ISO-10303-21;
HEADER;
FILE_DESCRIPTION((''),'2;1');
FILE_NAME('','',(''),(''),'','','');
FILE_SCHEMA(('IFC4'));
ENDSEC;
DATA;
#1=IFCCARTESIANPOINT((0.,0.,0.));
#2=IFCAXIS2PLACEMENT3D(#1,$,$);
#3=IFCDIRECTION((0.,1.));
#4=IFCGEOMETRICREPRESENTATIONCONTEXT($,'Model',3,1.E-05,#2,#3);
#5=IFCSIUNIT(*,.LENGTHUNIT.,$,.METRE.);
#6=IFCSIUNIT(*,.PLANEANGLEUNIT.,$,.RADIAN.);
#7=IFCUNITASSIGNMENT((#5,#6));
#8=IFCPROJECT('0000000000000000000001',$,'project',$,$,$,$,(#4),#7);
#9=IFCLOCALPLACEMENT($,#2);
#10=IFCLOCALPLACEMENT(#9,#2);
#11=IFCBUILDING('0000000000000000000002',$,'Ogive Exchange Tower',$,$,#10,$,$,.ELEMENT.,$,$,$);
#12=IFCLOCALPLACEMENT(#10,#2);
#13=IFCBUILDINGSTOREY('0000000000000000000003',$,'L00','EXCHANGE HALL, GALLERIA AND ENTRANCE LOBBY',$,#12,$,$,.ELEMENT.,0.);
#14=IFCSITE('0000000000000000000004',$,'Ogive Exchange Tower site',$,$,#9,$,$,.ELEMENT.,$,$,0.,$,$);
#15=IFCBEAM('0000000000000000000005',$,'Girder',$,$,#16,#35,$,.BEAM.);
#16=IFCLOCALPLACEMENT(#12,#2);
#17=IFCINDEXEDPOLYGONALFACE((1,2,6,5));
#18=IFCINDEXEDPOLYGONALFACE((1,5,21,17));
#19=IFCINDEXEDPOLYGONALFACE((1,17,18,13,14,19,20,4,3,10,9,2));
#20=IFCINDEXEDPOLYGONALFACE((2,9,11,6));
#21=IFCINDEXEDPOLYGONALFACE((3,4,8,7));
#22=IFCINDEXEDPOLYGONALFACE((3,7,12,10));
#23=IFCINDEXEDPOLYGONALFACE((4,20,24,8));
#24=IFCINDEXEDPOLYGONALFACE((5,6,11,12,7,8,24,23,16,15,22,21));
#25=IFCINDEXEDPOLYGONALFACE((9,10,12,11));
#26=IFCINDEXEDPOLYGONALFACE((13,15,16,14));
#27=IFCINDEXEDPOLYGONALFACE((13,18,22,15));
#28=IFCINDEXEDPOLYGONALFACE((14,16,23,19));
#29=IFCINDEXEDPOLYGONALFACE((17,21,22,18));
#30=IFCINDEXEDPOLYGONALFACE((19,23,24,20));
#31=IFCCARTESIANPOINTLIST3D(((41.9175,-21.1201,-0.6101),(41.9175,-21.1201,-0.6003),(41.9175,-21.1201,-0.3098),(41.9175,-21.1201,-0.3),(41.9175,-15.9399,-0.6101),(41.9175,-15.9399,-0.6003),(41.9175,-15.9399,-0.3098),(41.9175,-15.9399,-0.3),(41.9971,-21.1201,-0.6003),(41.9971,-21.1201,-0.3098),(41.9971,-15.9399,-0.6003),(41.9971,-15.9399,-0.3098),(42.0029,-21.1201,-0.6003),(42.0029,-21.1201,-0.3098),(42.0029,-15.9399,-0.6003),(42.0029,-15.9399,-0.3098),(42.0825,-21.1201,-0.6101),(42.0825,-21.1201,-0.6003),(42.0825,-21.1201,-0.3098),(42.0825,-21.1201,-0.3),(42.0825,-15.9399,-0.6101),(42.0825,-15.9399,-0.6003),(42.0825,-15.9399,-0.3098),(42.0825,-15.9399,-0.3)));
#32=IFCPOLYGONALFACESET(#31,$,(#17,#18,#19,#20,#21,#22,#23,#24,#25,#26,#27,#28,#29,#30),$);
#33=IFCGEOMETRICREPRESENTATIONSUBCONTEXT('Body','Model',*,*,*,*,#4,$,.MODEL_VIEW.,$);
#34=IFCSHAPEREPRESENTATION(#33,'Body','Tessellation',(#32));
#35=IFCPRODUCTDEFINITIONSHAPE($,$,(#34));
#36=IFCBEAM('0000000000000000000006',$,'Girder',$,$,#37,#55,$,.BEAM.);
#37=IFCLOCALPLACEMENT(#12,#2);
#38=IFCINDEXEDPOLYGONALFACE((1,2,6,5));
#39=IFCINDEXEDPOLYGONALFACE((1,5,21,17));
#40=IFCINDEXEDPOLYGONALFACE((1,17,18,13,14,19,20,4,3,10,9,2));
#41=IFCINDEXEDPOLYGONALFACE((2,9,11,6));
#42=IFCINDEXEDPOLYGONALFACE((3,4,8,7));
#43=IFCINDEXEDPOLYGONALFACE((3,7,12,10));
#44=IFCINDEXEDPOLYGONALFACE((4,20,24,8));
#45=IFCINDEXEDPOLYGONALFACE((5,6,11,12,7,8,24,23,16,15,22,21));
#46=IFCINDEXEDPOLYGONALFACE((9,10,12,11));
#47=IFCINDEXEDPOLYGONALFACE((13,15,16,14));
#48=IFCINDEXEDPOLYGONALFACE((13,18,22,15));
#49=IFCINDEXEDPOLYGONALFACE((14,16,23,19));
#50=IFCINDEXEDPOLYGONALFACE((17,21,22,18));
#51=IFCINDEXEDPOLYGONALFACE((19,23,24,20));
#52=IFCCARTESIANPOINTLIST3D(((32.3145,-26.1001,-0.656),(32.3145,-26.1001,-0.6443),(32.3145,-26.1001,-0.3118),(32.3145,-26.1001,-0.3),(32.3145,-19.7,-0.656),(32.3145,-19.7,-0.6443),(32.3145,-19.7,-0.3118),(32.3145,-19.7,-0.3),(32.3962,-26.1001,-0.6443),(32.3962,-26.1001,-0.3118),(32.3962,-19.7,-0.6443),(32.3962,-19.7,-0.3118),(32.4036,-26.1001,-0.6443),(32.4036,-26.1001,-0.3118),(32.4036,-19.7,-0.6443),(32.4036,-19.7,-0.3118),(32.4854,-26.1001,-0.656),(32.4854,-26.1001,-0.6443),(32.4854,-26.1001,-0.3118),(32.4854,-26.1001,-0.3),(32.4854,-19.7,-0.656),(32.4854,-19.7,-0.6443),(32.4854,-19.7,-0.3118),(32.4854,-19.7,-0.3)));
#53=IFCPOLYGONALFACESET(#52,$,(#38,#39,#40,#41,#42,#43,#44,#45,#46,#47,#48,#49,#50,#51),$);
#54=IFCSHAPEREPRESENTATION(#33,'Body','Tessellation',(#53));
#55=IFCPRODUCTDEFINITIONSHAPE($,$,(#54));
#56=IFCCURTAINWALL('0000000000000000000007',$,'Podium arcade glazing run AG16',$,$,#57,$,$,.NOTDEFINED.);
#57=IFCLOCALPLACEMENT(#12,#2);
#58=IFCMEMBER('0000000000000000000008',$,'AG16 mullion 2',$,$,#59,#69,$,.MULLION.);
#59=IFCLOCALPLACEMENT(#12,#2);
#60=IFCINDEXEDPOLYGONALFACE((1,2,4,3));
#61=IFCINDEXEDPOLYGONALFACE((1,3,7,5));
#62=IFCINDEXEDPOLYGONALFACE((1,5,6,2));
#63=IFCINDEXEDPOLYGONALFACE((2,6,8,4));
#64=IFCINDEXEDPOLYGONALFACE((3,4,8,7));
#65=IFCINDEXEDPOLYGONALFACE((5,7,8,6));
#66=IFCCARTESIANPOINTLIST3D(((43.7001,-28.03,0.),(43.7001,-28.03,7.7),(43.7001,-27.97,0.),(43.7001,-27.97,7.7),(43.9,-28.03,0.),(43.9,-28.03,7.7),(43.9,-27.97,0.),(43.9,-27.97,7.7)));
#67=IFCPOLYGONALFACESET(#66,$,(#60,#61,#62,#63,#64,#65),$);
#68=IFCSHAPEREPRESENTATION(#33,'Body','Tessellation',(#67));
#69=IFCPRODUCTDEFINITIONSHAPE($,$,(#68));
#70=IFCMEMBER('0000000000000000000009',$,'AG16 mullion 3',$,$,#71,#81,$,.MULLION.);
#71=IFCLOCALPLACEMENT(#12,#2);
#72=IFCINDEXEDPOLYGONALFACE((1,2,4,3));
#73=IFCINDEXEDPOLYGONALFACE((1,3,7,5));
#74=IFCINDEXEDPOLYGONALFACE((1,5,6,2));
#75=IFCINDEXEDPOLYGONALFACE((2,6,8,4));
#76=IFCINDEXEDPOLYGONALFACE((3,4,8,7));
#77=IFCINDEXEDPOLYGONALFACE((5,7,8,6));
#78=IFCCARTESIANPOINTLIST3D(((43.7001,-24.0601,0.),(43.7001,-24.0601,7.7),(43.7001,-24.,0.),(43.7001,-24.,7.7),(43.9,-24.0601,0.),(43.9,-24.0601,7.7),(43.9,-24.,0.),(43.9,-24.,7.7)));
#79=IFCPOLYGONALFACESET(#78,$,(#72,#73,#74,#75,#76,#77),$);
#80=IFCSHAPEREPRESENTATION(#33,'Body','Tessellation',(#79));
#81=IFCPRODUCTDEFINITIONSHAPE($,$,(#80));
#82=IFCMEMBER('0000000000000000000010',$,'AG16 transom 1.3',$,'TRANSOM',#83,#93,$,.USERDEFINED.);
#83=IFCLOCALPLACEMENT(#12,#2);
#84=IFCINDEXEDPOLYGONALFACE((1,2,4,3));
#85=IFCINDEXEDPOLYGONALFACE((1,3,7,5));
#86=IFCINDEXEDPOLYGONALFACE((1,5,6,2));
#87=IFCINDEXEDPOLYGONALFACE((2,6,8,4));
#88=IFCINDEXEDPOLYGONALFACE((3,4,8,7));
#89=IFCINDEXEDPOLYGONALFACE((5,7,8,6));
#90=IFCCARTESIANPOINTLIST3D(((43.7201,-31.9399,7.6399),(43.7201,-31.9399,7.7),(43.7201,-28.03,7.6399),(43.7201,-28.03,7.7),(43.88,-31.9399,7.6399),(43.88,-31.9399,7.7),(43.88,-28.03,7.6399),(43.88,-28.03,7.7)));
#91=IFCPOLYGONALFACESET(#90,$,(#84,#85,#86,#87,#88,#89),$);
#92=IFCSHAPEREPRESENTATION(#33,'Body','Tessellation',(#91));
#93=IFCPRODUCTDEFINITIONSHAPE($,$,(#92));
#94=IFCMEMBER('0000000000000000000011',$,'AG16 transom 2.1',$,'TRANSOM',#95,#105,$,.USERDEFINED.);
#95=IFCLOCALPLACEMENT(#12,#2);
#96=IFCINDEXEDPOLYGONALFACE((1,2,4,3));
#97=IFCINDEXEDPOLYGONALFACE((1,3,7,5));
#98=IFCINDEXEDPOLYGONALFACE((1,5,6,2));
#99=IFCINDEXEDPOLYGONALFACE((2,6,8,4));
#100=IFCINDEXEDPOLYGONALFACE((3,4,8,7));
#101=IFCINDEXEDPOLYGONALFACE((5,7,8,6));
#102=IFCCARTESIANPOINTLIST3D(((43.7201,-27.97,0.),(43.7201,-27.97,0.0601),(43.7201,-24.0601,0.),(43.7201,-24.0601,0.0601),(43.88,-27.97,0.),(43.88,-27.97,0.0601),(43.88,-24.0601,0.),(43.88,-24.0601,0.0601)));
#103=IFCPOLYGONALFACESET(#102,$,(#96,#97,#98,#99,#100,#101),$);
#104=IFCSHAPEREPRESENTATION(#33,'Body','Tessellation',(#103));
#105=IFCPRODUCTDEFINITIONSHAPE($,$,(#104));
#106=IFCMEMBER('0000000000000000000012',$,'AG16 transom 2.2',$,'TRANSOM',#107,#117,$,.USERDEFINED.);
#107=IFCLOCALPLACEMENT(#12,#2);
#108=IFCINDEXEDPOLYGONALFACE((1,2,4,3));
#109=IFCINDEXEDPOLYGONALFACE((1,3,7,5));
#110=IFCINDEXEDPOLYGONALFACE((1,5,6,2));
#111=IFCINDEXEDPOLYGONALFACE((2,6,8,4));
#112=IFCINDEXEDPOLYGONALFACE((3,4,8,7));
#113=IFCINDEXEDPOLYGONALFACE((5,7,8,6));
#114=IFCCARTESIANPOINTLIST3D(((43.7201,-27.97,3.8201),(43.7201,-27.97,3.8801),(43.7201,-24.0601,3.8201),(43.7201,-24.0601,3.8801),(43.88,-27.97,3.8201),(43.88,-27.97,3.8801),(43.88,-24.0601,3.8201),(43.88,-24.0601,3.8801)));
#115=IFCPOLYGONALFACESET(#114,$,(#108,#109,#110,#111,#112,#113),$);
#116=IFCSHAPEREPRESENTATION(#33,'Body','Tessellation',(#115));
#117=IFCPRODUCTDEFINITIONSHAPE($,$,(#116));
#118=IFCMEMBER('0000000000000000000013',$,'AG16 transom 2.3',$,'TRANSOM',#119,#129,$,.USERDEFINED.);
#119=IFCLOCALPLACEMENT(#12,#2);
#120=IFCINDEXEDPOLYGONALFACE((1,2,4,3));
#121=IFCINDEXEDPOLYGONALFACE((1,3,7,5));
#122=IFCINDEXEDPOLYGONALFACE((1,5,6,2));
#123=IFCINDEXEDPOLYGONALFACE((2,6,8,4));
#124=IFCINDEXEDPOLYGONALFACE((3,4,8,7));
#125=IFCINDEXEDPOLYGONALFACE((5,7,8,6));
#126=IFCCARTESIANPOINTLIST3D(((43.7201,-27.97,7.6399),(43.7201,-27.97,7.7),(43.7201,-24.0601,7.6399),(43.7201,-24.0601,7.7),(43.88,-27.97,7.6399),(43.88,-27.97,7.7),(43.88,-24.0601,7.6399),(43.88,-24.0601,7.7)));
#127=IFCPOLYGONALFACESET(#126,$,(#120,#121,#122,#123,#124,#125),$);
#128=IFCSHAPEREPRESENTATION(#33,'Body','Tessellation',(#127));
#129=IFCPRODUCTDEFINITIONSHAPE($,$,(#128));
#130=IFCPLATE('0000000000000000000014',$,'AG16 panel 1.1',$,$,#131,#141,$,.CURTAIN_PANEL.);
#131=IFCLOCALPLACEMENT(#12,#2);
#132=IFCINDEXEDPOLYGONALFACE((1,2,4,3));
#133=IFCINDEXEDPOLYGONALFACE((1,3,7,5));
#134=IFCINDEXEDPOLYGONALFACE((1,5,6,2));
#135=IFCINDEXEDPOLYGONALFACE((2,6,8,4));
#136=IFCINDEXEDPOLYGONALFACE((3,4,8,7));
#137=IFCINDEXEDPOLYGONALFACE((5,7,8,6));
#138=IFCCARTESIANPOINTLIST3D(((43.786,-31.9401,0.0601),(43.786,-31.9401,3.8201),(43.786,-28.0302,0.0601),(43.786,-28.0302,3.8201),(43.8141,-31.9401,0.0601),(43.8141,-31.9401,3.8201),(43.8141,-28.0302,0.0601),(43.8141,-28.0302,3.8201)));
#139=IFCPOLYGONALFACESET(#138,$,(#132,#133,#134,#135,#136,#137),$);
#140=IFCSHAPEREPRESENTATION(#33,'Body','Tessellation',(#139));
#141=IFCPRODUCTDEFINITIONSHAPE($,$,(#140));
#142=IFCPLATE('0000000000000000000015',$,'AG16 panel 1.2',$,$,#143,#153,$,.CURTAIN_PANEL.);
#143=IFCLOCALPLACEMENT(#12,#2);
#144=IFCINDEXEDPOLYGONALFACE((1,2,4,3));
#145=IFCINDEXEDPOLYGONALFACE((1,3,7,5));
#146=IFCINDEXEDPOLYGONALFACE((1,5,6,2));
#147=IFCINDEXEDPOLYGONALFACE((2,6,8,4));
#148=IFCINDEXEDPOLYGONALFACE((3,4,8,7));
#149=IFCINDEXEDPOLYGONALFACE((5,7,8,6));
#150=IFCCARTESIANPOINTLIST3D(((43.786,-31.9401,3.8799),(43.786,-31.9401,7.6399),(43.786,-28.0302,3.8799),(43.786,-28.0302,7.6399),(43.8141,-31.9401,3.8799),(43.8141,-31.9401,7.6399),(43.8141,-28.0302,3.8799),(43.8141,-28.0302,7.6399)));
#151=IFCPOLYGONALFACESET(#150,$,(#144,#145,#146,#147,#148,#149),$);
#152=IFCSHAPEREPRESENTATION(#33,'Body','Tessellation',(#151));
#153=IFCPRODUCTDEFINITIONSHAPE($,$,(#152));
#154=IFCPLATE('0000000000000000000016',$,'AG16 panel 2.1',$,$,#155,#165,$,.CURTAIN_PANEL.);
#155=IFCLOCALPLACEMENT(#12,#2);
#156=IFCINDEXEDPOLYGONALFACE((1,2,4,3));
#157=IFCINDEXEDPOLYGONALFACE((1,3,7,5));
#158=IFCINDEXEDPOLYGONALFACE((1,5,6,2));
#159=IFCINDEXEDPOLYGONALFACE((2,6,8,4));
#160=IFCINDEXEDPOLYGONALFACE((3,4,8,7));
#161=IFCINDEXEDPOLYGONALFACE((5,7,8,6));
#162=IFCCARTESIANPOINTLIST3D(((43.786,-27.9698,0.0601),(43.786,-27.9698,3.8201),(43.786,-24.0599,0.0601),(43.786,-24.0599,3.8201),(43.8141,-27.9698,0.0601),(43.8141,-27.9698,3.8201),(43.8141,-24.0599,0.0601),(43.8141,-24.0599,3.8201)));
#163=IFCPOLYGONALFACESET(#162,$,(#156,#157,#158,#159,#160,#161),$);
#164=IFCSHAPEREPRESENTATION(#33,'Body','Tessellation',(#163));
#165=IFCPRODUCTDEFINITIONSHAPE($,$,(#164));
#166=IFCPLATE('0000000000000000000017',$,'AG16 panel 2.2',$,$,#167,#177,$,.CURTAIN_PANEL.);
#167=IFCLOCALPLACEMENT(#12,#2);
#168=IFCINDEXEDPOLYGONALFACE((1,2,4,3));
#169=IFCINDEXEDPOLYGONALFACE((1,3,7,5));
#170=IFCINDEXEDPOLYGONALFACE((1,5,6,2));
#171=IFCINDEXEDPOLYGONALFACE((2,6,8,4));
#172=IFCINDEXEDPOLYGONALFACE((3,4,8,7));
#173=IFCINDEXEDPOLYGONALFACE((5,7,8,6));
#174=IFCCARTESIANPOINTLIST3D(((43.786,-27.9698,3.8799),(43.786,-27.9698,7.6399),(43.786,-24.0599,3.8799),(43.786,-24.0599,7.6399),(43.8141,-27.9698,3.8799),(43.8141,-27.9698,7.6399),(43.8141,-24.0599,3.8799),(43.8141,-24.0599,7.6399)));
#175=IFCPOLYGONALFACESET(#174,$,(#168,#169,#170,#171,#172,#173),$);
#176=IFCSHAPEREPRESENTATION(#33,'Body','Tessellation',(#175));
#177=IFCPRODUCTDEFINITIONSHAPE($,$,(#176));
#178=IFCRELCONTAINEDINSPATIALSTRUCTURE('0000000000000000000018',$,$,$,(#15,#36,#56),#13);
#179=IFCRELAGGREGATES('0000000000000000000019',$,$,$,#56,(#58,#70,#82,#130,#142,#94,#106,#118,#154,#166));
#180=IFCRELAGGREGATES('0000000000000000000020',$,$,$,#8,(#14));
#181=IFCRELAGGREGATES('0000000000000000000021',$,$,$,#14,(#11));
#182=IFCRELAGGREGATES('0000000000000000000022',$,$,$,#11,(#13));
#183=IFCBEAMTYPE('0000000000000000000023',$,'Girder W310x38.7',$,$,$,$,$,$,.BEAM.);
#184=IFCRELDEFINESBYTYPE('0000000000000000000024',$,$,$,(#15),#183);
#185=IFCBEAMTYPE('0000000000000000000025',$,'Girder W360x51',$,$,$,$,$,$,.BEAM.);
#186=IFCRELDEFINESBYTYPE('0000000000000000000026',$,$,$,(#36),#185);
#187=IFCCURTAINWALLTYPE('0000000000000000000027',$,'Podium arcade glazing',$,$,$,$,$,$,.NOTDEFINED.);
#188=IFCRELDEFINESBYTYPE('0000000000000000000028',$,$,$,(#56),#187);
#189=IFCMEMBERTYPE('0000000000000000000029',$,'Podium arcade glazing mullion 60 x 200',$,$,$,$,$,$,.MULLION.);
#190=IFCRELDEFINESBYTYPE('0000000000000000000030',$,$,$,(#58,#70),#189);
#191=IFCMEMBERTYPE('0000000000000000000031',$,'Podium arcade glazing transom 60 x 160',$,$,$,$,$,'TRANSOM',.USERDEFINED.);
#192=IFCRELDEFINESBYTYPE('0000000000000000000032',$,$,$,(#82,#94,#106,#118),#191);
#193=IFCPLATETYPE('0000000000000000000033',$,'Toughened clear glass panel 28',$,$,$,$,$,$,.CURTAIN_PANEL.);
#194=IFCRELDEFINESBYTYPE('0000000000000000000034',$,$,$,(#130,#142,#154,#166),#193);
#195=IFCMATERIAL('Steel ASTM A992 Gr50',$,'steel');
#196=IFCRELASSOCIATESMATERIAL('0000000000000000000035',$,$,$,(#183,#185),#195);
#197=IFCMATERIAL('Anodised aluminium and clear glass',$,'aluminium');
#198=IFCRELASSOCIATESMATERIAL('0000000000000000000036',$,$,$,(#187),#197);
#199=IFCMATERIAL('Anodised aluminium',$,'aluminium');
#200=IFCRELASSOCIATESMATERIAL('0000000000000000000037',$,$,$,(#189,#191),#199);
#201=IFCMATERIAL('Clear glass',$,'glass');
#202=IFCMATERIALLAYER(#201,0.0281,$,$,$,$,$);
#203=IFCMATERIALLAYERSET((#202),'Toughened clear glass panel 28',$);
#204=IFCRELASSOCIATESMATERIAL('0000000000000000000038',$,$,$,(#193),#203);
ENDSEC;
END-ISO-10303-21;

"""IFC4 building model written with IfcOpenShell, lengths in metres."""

from ifc_helpers import new_model, si_unit, direction, frame, origin, origin_2d, place, context, subcontext, project, spatial, rectangle, i_section, extrude, material, layer, layer_set, material_profile, profile_set, type_object, element, aggregate, save


model = new_model("IFC4")

# Units and contexts
model_context = context("Model", 3, precision=1e-05, world=origin(), true_north=direction((0.0, 1.0)))
body_context = subcontext(model_context, "Body", "Model", "MODEL_VIEW")
ifc_project = project(units=[si_unit("LENGTHUNIT", "METRE"), si_unit("PLANEANGLEUNIT", "RADIAN")], contexts=[model_context])

# Site, building, storey
site_placement = place(None, origin())
site = spatial("IfcSite", under=ifc_project, at=site_placement, Name="Ogive Exchange Tower site", CompositionType="ELEMENT", RefElevation=0.0)
building_placement = place(site_placement, origin())
building = spatial("IfcBuilding", under=site, at=building_placement, Name="Ogive Exchange Tower", CompositionType="ELEMENT")
storey_placement = place(building_placement, origin())
storey = spatial("IfcBuildingStorey", under=building, at=storey_placement, Name="L00", Description="EXCHANGE HALL, GALLERIA AND ENTRANCE LOBBY", CompositionType="ELEMENT", Elevation=0.0)

# Beams
ifc_material_1 = material(Name="Steel ASTM A992 Gr50", Category="steel")
ifc_material_profile_1 = material_profile(ifc_material_1, i_section(OverallWidth=0.165, OverallDepth=0.3101, WebThickness=0.0059, FlangeThickness=0.0098, at=origin_2d()), Name="W310x38.7")
ifc_profile_set_1 = profile_set([ifc_material_profile_1], Name="Steel ASTM A992 Gr50")
beam_type_1 = type_object("IfcBeamType", Name="Girder W310x38.7", PredefinedType="BEAM", material=ifc_profile_set_1)
beam_1_placement = place(storey_placement, frame((42.0, -21.1201, -0.4551), z_axis=(0.0, 1.0, 0.0), x_axis=(-1.0, 0.0, 0.0)))
element("IfcBeam", 1, at=beam_1_placement, inside=storey, type_object=beam_type_1, Name="Girder", PredefinedType="BEAM", context=body_context, shape_type="SweptSolid", body=[
    extrude(i_section(OverallWidth=0.165, OverallDepth=0.3101, WebThickness=0.0059, FlangeThickness=0.0098, at=origin_2d()), origin(), (0.0, 0.0, 1.0), 5.1802),
])
ifc_material_profile_2 = material_profile(ifc_material_1, i_section(OverallWidth=0.1709, OverallDepth=0.356, WebThickness=0.0073, FlangeThickness=0.0117, at=origin_2d()), Name="W360x51")
ifc_profile_set_2 = profile_set([ifc_material_profile_2], Name="Steel ASTM A992 Gr50")
beam_type_2 = type_object("IfcBeamType", Name="Girder W360x51", PredefinedType="BEAM", material=ifc_profile_set_2)
beam_2_placement = place(storey_placement, frame((32.3999, -26.1001, -0.478), z_axis=(0.0, 1.0, 0.0), x_axis=(-1.0, 0.0, 0.0)))
element("IfcBeam", 2, at=beam_2_placement, inside=storey, type_object=beam_type_2, Name="Girder", PredefinedType="BEAM", context=body_context, shape_type="SweptSolid", body=[
    extrude(i_section(OverallWidth=0.1709, OverallDepth=0.356, WebThickness=0.0073, FlangeThickness=0.0117, at=origin_2d()), origin(), (0.0, 0.0, 1.0), 6.4001),
])

# Curtain wall, members, plates
ifc_material_2 = material(Name="Anodised aluminium and clear glass", Category="aluminium")
curtain_wall_type = type_object("IfcCurtainWallType", Name="Podium arcade glazing", PredefinedType="NOTDEFINED", material=ifc_material_2)
curtain_wall_placement = place(storey_placement, origin())
curtain_wall = element("IfcCurtainWall", 3, at=curtain_wall_placement, inside=storey, type_object=curtain_wall_type, Name="Podium arcade glazing run AG16", PredefinedType="NOTDEFINED")
ifc_material_3 = material(Name="Anodised aluminium", Category="aluminium")
ifc_material_profile_3 = material_profile(ifc_material_3, rectangle(XDim=0.2, YDim=0.0601, at=origin_2d()), Name="AL 60x200")
ifc_profile_set_3 = profile_set([ifc_material_profile_3], Name="Anodised aluminium")
member_type_1 = type_object("IfcMemberType", Name="Podium arcade glazing mullion 60 x 200", PredefinedType="MULLION", material=ifc_profile_set_3)
member_1_placement = place(storey_placement, frame((43.8, -28.0, 0.0), z_axis=(0.0, 0.0, 1.0), x_axis=(-1.0, 0.0, 0.0)))
member_1 = element("IfcMember", 4, at=member_1_placement, type_object=member_type_1, Name="AG16 mullion 2", PredefinedType="MULLION", context=body_context, shape_type="SweptSolid", body=[
    extrude(rectangle(XDim=0.2, YDim=0.0601, at=origin_2d()), origin(), (0.0, 0.0, 1.0), 7.7),
])
member_2_placement = place(storey_placement, frame((43.8, -24.03, 0.0), z_axis=(0.0, 0.0, 1.0), x_axis=(-1.0, 0.0, 0.0)))
member_2 = element("IfcMember", 5, at=member_2_placement, type_object=member_type_1, Name="AG16 mullion 3", PredefinedType="MULLION", context=body_context, shape_type="SweptSolid", body=[
    extrude(rectangle(XDim=0.2, YDim=0.0601, at=origin_2d()), origin(), (0.0, 0.0, 1.0), 7.7),
])
ifc_material_profile_4 = material_profile(ifc_material_3, rectangle(XDim=0.1599, YDim=0.0601, at=origin_2d()), Name="AL 60x160")
ifc_profile_set_4 = profile_set([ifc_material_profile_4], Name="Anodised aluminium")
member_type_2 = type_object("IfcMemberType", Name="Podium arcade glazing transom 60 x 160", ElementType="TRANSOM", PredefinedType="USERDEFINED", material=ifc_profile_set_4)
member_3_placement = place(storey_placement, frame((43.8, -31.9399, 7.6699), z_axis=(0.0, 1.0, 0.0), x_axis=(-1.0, 0.0, 0.0)))
member_3 = element("IfcMember", 6, at=member_3_placement, type_object=member_type_2, Name="AG16 transom 1.3", ObjectType="TRANSOM", PredefinedType="USERDEFINED", context=body_context, shape_type="SweptSolid", body=[
    extrude(rectangle(XDim=0.1599, YDim=0.0601, at=origin_2d()), origin(), (0.0, 0.0, 1.0), 3.9099),
])
member_4_placement = place(storey_placement, frame((43.8, -27.97, 0.03), z_axis=(0.0, 1.0, 0.0), x_axis=(-1.0, 0.0, 0.0)))
member_4 = element("IfcMember", 7, at=member_4_placement, type_object=member_type_2, Name="AG16 transom 2.1", ObjectType="TRANSOM", PredefinedType="USERDEFINED", context=body_context, shape_type="SweptSolid", body=[
    extrude(rectangle(XDim=0.1599, YDim=0.0601, at=origin_2d()), origin(), (0.0, 0.0, 1.0), 3.9099),
])
member_5_placement = place(storey_placement, frame((43.8, -27.97, 3.8501), z_axis=(0.0, 1.0, 0.0), x_axis=(-1.0, 0.0, 0.0)))
member_5 = element("IfcMember", 8, at=member_5_placement, type_object=member_type_2, Name="AG16 transom 2.2", ObjectType="TRANSOM", PredefinedType="USERDEFINED", context=body_context, shape_type="SweptSolid", body=[
    extrude(rectangle(XDim=0.1599, YDim=0.0601, at=origin_2d()), origin(), (0.0, 0.0, 1.0), 3.9099),
])
member_6_placement = place(storey_placement, frame((43.8, -27.97, 7.6699), z_axis=(0.0, 1.0, 0.0), x_axis=(-1.0, 0.0, 0.0)))
member_6 = element("IfcMember", 9, at=member_6_placement, type_object=member_type_2, Name="AG16 transom 2.3", ObjectType="TRANSOM", PredefinedType="USERDEFINED", context=body_context, shape_type="SweptSolid", body=[
    extrude(rectangle(XDim=0.1599, YDim=0.0601, at=origin_2d()), origin(), (0.0, 0.0, 1.0), 3.9099),
])
ifc_material_4 = material(Name="Clear glass", Category="glass")
ifc_layer_1 = layer(ifc_material_4, 0.0281)
ifc_layer_set_1 = layer_set([ifc_layer_1], Name="Toughened clear glass panel 28")
plate_type = type_object("IfcPlateType", Name="Toughened clear glass panel 28", PredefinedType="CURTAIN_PANEL", material=ifc_layer_set_1)
plate_1_placement = place(storey_placement, frame((43.8, -29.9851, 0.0601), z_axis=(0.0, 0.0, 1.0), x_axis=(0.0, 1.0, 0.0)))
plate_1 = element("IfcPlate", 10, at=plate_1_placement, type_object=plate_type, Name="AG16 panel 1.1", PredefinedType="CURTAIN_PANEL", context=body_context, shape_type="SweptSolid", body=[
    extrude(rectangle(XDim=3.9099, YDim=0.0281, at=origin_2d()), origin(), (0.0, 0.0, 1.0), 3.76),
])
plate_2_placement = place(storey_placement, frame((43.8, -29.9851, 3.8799), z_axis=(0.0, 0.0, 1.0), x_axis=(0.0, 1.0, 0.0)))
plate_2 = element("IfcPlate", 11, at=plate_2_placement, type_object=plate_type, Name="AG16 panel 1.2", PredefinedType="CURTAIN_PANEL", context=body_context, shape_type="SweptSolid", body=[
    extrude(rectangle(XDim=3.9099, YDim=0.0281, at=origin_2d()), origin(), (0.0, 0.0, 1.0), 3.76),
])
plate_3_placement = place(storey_placement, frame((43.8, -26.0149, 0.0601), z_axis=(0.0, 0.0, 1.0), x_axis=(0.0, 1.0, 0.0)))
plate_3 = element("IfcPlate", 12, at=plate_3_placement, type_object=plate_type, Name="AG16 panel 2.1", PredefinedType="CURTAIN_PANEL", context=body_context, shape_type="SweptSolid", body=[
    extrude(rectangle(XDim=3.9099, YDim=0.0281, at=origin_2d()), origin(), (0.0, 0.0, 1.0), 3.76),
])
plate_4_placement = place(storey_placement, frame((43.8, -26.0149, 3.8799), z_axis=(0.0, 0.0, 1.0), x_axis=(0.0, 1.0, 0.0)))
plate_4 = element("IfcPlate", 13, at=plate_4_placement, type_object=plate_type, Name="AG16 panel 2.2", PredefinedType="CURTAIN_PANEL", context=body_context, shape_type="SweptSolid", body=[
    extrude(rectangle(XDim=3.9099, YDim=0.0281, at=origin_2d()), origin(), (0.0, 0.0, 1.0), 3.76),
])
aggregate(curtain_wall, [member_1, member_2, member_3, plate_1, plate_2, member_4, member_5, member_6, plate_3, plate_4])

save(model, "model.ifc")
